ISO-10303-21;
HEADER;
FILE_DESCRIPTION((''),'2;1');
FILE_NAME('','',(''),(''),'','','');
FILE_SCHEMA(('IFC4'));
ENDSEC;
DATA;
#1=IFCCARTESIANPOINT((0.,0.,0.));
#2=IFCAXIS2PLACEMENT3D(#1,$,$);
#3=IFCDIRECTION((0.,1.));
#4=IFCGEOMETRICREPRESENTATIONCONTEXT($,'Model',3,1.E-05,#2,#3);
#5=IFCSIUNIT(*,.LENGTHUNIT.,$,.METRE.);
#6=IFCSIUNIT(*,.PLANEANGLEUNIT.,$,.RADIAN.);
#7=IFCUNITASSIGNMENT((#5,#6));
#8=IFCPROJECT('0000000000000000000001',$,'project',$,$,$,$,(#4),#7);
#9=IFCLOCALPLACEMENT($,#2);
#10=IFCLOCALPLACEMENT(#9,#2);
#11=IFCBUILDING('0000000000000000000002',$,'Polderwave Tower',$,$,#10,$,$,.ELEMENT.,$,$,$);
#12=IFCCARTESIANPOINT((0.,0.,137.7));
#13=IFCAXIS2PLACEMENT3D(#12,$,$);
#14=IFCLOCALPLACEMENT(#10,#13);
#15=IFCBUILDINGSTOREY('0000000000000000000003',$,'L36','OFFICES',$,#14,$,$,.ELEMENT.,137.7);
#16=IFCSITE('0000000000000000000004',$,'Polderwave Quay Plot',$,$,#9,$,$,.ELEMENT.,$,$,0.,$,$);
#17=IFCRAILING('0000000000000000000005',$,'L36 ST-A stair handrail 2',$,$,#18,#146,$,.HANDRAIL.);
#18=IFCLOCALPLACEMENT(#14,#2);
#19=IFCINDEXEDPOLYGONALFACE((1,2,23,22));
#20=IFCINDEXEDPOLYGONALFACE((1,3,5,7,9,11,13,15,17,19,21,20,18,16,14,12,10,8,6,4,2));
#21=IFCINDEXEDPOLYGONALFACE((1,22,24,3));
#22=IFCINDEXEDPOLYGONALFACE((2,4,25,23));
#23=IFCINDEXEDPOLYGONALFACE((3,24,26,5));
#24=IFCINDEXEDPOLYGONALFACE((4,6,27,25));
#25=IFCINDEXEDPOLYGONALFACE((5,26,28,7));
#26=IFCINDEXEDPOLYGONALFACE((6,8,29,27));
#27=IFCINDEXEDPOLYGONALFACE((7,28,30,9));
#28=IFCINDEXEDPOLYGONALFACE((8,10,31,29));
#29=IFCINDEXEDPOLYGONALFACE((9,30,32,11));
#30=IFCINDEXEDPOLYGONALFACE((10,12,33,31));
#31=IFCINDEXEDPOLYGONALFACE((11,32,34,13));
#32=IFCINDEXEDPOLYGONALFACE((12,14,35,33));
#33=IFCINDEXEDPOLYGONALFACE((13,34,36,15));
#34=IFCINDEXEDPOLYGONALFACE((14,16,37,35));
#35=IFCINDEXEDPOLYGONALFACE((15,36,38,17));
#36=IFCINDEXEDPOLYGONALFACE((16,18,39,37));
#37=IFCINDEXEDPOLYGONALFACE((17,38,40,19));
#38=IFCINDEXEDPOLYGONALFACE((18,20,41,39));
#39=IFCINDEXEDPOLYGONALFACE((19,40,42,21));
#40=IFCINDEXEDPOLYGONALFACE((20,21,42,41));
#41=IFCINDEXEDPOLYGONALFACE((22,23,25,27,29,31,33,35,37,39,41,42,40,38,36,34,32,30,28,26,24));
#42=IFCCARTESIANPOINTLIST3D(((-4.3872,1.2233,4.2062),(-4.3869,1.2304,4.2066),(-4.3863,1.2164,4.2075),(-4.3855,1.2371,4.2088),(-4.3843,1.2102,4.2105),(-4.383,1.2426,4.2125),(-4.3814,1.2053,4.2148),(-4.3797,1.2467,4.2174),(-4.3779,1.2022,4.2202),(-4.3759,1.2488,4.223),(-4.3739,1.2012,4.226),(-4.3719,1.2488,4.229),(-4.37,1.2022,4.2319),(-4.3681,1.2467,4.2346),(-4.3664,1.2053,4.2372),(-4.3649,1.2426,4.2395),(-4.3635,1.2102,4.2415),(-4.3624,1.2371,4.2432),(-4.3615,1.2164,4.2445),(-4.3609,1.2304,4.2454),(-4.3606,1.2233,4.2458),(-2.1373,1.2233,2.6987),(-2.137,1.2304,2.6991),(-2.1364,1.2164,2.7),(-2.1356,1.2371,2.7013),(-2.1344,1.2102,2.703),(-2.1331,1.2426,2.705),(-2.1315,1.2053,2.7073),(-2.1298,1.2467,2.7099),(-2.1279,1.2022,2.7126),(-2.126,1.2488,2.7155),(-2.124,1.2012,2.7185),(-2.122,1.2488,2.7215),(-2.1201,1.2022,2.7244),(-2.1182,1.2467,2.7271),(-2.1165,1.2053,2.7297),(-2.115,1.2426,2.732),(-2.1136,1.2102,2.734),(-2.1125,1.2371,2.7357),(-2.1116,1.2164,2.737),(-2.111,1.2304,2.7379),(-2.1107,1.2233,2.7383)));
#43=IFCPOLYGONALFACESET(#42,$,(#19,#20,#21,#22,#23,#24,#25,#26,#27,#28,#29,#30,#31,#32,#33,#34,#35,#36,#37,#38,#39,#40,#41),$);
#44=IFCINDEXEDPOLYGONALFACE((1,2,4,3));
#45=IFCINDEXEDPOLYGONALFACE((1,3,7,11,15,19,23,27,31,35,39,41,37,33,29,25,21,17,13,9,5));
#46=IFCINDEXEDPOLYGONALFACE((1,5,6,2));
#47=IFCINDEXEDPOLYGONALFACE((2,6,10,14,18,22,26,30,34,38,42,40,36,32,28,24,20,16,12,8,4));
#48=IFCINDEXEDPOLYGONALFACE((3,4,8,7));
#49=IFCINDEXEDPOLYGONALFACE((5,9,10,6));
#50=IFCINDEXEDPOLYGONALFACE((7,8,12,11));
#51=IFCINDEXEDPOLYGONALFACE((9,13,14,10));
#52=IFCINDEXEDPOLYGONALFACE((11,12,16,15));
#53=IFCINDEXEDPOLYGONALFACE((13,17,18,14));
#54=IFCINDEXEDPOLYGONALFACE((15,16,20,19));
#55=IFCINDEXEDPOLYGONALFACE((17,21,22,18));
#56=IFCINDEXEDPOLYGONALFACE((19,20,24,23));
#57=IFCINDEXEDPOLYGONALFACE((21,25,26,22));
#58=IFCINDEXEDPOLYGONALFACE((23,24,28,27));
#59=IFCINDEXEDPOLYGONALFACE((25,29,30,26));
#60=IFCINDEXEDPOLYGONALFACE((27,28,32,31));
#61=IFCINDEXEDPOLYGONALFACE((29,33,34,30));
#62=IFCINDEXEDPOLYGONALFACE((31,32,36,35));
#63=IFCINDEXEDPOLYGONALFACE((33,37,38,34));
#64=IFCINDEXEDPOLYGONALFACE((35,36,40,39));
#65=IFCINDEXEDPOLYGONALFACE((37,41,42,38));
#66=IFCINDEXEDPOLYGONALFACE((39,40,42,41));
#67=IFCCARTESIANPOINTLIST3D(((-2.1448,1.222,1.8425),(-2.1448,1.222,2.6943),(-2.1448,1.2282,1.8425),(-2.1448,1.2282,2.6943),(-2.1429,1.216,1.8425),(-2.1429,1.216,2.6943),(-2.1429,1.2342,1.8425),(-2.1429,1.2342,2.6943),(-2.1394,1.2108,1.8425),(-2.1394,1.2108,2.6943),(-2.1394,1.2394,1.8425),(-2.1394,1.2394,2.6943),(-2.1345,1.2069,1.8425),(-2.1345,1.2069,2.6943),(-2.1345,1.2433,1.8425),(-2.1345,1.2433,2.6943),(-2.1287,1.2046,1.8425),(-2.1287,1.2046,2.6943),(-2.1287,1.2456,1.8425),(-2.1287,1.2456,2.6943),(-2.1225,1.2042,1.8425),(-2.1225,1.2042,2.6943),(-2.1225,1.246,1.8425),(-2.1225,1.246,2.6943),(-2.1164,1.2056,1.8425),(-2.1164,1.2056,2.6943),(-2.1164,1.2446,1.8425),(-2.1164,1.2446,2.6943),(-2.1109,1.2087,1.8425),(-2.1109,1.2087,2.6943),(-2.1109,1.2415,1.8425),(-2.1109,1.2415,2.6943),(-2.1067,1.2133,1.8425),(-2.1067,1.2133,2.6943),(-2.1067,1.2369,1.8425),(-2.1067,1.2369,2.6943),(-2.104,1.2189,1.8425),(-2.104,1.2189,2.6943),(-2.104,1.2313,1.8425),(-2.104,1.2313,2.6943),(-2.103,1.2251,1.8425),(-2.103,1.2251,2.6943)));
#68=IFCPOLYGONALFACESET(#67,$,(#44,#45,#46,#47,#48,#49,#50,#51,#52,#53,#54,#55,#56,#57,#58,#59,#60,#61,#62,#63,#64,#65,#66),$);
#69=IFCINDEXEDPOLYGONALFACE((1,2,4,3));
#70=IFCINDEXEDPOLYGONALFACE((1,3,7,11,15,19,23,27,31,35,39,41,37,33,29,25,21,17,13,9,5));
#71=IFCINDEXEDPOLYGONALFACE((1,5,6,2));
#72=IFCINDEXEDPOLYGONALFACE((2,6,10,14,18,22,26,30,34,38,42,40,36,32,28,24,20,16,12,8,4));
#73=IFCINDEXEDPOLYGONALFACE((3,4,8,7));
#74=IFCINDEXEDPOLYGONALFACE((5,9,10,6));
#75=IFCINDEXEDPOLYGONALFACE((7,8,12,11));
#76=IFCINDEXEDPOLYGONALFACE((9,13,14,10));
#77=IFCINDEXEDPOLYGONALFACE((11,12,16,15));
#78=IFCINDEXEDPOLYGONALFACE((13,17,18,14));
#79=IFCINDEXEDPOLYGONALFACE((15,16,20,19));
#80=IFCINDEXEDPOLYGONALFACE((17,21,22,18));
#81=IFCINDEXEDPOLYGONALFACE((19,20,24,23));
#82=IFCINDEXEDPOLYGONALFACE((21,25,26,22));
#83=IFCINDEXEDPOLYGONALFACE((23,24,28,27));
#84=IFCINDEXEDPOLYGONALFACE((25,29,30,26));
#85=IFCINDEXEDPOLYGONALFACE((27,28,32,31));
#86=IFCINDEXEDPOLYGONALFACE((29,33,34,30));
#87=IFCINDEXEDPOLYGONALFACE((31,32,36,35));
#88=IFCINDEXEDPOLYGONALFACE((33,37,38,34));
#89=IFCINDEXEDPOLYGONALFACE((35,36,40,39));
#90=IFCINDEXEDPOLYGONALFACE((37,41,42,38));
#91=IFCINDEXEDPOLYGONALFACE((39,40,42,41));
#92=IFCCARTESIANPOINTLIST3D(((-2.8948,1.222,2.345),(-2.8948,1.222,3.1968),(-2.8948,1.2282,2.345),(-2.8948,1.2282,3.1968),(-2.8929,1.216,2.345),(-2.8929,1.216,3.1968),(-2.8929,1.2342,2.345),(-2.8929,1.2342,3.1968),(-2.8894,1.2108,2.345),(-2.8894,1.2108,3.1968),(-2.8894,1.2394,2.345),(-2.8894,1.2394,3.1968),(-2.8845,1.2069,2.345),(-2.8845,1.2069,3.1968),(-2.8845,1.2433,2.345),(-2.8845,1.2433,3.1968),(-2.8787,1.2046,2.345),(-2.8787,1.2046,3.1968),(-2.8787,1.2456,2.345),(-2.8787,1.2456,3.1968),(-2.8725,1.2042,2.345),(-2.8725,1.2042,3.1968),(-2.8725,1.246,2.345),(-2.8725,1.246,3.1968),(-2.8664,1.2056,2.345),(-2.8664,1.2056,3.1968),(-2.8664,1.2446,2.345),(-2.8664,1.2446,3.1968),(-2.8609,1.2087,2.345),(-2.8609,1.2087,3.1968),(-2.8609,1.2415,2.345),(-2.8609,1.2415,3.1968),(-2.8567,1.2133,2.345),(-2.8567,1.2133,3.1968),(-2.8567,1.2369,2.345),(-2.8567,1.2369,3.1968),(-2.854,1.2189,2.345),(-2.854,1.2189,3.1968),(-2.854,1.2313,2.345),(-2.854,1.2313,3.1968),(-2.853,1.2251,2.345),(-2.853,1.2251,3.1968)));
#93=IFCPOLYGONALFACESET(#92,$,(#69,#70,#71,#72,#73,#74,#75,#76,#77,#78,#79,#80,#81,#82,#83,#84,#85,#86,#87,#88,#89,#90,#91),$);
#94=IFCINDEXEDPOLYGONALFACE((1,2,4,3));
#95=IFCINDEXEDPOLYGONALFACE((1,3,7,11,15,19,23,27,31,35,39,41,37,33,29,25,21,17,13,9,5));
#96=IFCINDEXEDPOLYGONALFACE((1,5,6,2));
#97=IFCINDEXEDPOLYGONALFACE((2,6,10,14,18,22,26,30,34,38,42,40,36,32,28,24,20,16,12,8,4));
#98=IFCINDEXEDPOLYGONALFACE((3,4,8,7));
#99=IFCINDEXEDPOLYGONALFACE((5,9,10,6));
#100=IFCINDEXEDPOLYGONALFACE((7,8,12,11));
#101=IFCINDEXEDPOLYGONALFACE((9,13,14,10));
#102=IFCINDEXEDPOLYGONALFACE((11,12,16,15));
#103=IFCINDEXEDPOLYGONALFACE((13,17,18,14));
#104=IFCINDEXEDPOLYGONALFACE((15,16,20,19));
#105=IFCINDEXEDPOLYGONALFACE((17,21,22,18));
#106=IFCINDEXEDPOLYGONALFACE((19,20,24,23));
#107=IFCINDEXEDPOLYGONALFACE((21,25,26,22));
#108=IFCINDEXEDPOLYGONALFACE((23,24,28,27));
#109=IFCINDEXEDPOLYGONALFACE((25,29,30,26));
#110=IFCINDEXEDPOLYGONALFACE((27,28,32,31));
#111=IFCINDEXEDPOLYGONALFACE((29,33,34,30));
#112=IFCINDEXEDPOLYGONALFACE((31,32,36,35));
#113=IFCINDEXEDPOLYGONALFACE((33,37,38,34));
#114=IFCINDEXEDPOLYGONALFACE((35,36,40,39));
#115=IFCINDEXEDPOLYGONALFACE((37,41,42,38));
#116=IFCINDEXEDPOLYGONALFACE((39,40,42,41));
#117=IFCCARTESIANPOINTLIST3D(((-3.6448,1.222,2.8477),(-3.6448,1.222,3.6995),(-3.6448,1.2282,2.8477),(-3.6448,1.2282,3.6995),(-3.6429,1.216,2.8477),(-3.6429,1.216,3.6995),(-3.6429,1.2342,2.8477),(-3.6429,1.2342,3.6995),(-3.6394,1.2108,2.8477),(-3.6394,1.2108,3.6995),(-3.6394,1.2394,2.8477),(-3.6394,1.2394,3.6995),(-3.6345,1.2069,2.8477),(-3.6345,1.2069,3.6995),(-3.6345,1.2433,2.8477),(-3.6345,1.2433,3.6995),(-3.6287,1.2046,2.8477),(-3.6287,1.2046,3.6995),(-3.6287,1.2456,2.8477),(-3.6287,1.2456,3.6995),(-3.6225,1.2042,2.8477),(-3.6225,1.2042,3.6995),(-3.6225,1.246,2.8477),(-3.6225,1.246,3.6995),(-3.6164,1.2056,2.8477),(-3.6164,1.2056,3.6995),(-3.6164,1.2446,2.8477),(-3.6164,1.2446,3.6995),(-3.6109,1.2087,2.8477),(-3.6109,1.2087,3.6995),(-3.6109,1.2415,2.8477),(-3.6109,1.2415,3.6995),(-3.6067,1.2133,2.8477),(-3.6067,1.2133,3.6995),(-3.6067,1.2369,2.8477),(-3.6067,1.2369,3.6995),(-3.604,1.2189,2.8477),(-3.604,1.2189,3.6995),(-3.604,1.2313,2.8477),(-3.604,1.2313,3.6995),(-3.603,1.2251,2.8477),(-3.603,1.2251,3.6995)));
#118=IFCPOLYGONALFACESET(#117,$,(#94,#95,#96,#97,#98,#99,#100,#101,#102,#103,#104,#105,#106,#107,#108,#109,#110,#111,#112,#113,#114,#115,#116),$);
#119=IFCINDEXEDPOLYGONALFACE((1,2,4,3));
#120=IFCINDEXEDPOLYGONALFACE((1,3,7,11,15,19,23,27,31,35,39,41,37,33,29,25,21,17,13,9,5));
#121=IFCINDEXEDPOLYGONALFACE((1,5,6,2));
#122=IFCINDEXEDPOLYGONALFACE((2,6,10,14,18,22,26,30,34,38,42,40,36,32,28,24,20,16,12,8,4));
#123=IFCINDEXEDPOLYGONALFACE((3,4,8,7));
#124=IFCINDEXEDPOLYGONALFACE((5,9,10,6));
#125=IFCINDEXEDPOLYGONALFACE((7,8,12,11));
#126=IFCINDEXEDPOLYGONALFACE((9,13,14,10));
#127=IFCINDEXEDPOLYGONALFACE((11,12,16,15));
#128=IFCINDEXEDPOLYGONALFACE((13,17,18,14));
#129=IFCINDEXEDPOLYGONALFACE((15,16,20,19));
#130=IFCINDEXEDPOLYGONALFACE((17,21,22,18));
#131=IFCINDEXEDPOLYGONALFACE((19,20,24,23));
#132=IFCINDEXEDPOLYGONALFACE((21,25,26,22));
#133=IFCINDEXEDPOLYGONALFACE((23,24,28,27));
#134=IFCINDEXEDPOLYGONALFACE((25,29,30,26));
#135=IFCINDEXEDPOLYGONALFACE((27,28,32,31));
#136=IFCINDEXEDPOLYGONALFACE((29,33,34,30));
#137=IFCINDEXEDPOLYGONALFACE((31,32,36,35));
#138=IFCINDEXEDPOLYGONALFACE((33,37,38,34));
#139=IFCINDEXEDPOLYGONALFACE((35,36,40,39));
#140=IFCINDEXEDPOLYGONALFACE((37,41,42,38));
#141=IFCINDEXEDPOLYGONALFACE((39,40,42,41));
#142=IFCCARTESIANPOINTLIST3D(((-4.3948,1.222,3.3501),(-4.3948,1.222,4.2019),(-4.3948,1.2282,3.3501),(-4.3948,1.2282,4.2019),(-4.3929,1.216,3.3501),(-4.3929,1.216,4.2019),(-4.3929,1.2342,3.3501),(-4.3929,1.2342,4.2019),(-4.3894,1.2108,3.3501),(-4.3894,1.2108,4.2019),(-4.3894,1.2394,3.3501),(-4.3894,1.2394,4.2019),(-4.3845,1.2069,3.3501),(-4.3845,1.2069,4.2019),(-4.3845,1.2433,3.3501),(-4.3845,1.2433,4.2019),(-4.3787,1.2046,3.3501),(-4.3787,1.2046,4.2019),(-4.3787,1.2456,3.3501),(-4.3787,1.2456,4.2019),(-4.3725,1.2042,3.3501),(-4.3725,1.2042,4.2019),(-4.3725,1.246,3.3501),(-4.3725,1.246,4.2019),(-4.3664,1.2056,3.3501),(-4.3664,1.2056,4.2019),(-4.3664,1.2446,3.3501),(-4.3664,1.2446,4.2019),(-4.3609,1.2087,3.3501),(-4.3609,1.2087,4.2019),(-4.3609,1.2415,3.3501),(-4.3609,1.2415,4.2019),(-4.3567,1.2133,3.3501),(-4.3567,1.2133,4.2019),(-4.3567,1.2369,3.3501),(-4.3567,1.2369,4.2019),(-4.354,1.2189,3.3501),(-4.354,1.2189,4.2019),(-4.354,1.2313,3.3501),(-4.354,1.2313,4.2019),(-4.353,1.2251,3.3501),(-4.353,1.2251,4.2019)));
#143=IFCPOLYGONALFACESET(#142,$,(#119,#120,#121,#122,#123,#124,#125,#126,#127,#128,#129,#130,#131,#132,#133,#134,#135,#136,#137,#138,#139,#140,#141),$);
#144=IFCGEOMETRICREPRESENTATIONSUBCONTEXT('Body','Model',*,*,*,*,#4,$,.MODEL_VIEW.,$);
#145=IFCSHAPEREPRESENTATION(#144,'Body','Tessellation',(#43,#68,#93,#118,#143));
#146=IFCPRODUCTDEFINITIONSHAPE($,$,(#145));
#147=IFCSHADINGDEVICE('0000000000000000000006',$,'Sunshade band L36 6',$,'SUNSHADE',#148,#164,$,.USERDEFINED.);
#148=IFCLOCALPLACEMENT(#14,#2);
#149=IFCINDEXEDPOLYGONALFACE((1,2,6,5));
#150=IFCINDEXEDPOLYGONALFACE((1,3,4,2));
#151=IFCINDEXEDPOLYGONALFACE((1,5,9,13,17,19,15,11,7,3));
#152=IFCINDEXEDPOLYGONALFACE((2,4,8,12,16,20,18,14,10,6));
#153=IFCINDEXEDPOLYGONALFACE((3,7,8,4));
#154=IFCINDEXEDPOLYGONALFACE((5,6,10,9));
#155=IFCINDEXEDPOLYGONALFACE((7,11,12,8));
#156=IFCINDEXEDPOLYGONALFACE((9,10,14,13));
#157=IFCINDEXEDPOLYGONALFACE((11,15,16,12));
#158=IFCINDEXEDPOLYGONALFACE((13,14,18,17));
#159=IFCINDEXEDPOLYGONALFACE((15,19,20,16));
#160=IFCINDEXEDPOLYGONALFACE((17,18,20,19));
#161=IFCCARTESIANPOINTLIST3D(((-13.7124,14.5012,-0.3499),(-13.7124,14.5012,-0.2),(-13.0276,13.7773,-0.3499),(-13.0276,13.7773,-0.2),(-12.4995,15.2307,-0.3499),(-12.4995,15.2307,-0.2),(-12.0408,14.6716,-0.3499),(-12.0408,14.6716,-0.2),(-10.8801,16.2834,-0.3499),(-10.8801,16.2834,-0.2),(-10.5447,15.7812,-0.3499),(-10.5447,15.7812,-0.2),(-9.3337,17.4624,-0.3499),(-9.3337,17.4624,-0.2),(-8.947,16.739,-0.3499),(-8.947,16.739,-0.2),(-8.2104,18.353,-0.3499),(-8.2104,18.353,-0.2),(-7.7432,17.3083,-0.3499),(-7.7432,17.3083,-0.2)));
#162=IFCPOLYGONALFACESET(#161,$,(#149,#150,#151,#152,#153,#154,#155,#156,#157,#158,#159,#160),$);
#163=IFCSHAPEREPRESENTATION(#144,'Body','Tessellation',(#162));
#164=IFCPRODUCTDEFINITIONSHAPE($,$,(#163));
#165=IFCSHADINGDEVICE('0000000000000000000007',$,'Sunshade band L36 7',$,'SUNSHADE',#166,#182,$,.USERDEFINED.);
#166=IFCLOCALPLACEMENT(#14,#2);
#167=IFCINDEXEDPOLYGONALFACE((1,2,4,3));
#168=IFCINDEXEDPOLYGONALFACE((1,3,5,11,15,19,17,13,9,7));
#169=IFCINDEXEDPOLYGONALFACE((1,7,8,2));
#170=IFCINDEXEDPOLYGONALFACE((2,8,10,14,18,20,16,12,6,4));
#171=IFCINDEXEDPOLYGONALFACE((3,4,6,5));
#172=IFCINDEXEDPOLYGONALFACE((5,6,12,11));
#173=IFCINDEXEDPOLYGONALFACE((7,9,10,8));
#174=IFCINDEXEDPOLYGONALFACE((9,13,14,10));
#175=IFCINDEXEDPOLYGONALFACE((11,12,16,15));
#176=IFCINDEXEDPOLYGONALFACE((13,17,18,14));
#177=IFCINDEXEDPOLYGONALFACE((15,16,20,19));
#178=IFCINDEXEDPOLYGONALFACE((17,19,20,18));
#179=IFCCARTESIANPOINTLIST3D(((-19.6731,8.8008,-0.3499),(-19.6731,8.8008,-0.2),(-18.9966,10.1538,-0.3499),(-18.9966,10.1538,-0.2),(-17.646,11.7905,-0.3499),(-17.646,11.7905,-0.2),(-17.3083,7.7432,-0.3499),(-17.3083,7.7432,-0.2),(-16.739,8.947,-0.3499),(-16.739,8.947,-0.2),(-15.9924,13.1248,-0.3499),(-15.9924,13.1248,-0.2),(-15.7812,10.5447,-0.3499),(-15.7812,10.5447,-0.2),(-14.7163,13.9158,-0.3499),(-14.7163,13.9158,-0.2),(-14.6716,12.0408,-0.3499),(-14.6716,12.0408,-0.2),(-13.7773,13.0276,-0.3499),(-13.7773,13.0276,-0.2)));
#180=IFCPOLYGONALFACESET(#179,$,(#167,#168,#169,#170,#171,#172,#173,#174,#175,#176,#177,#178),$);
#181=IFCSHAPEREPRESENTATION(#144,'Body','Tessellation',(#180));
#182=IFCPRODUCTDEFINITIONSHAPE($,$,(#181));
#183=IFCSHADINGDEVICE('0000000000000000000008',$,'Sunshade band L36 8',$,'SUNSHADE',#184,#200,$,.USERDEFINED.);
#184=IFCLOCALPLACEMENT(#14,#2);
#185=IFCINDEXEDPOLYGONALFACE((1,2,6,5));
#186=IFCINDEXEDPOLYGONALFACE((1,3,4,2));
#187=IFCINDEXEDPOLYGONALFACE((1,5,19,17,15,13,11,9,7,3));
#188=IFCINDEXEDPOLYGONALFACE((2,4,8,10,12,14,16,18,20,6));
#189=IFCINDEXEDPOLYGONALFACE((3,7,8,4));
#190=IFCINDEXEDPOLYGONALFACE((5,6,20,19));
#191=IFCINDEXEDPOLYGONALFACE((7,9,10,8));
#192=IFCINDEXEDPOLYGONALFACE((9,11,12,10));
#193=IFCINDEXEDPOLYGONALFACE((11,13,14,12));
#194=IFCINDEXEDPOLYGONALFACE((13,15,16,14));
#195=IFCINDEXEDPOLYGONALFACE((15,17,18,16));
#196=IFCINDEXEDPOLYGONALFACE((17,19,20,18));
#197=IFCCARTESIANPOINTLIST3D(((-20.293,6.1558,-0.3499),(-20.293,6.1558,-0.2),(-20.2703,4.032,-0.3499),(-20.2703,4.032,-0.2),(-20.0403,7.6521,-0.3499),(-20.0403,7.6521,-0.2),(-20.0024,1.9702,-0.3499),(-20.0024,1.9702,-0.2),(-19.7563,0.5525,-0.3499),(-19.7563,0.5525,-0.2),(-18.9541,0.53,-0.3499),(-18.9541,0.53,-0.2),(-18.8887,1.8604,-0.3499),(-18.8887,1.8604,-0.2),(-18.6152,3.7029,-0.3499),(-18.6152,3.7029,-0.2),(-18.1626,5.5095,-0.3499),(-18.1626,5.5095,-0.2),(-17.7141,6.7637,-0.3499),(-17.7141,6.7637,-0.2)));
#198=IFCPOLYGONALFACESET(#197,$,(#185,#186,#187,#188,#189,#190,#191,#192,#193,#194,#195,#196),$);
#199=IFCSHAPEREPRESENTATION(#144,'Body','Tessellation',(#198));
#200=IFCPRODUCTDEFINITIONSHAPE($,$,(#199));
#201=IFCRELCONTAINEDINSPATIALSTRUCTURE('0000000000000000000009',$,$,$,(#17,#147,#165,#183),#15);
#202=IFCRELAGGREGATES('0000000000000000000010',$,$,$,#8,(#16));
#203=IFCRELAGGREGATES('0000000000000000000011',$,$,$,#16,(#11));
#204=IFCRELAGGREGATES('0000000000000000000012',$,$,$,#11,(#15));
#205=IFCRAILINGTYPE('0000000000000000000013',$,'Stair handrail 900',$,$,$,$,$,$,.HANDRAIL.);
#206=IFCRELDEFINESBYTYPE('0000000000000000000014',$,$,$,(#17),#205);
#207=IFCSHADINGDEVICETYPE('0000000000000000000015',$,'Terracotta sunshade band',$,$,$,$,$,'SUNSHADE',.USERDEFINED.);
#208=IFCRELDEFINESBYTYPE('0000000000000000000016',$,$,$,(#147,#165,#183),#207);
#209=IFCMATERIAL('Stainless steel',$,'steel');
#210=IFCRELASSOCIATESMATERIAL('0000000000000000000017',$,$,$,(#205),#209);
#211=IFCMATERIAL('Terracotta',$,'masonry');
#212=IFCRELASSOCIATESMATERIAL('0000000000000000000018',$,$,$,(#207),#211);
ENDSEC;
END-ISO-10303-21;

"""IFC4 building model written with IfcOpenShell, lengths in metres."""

from ifc_helpers import new_model, si_unit, direction, frame, origin, origin_2d, place, context, subcontext, project, spatial, polyline, circle, outline, extrude, material, type_object, element, save


model = new_model("IFC4")

# Units and contexts
model_context = context("Model", 3, precision=1e-05, world=origin(), true_north=direction((0.0, 1.0)))
body_context = subcontext(model_context, "Body", "Model", "MODEL_VIEW")
ifc_project = project(units=[si_unit("LENGTHUNIT", "METRE"), si_unit("PLANEANGLEUNIT", "RADIAN")], contexts=[model_context])

# Site, building, storey
site_placement = place(None, origin())
site = spatial("IfcSite", under=ifc_project, at=site_placement, Name="Polderwave Quay Plot", CompositionType="ELEMENT", RefElevation=0.0)
building_placement = place(site_placement, origin())
building = spatial("IfcBuilding", under=site, at=building_placement, Name="Polderwave Tower", CompositionType="ELEMENT")
storey_placement = place(building_placement, frame((0.0, 0.0, 137.7)))
storey = spatial("IfcBuildingStorey", under=building, at=storey_placement, Name="L36", Description="OFFICES", CompositionType="ELEMENT", Elevation=137.7)

# Shared definitions
ifc_material_1 = material(Name="Stainless steel", Category="steel")

# Railing
railing_type_1 = type_object("IfcRailingType", Name="Stair handrail 900", PredefinedType="HANDRAIL", material=ifc_material_1)
railing_1_placement = place(storey_placement, frame((-2.124, 1.2251, 1.8425)))
element("IfcRailing", 1, at=railing_1_placement, inside=storey, type_object=railing_type_1, Name="L36 ST-A stair handrail 2", PredefinedType="HANDRAIL", context=body_context, shape_type="SweptSolid", body=[
    extrude(circle(Radius=0.0239, at=origin_2d()), frame((0.0, 0.0, 0.876), z_axis=(-0.830758, 0.0, 0.556633), x_axis=(0.0, -1.0, 0.0)), (0.0, 0.0, 1.0), 2.7083),
    extrude(circle(Radius=0.021, at=origin_2d()), origin(), (0.0, 0.0, 1.0), 0.8518),
    extrude(circle(Radius=0.021, at=origin_2d()), frame((-0.75, 0.0, 0.5024)), (0.0, 0.0, 1.0), 0.8518),
    extrude(circle(Radius=0.021, at=origin_2d()), frame((-1.5, 0.0, 1.0051)), (0.0, 0.0, 1.0), 0.8518),
    extrude(circle(Radius=0.021, at=origin_2d()), frame((-2.25, 0.0, 1.5076)), (0.0, 0.0, 1.0), 0.8518),
])

# Shading devices
ifc_material_2 = material(Name="Terracotta", Category="masonry")
shading_device_type = type_object("IfcShadingDeviceType", Name="Terracotta sunshade band", ElementType="SUNSHADE", PredefinedType="USERDEFINED", material=ifc_material_2)
shading_device_1_placement = place(storey_placement, frame((0.0, 0.0, -0.3499)))
element("IfcShadingDevice", 2, at=shading_device_1_placement, inside=storey, type_object=shading_device_type, Name="Sunshade band L36 6", ObjectType="SUNSHADE", PredefinedType="USERDEFINED", context=body_context, shape_type="SweptSolid", body=[
    extrude(outline(polyline([(-7.7432, 17.3083), (-8.947, 16.739), (-10.5447, 15.7812), (-12.0408, 14.6716), (-13.0276, 13.7773), (-13.7124, 14.5012), (-12.4995, 15.2307), (-10.8801, 16.2834), (-9.3337, 17.4624), (-8.2104, 18.353), (-7.7432, 17.3083)])), origin(), (0.0, 0.0, 1.0), 0.1499),
])
shading_device_2_placement = place(storey_placement, frame((0.0, 0.0, -0.3499)))
element("IfcShadingDevice", 3, at=shading_device_2_placement, inside=storey, type_object=shading_device_type, Name="Sunshade band L36 7", ObjectType="SUNSHADE", PredefinedType="USERDEFINED", context=body_context, shape_type="SweptSolid", body=[
    extrude(outline(polyline([(-13.7773, 13.0276), (-14.6716, 12.0408), (-15.7812, 10.5447), (-16.739, 8.947), (-17.3083, 7.7432), (-19.6731, 8.8008), (-18.9966, 10.1538), (-17.646, 11.7905), (-15.9924, 13.1248), (-14.7163, 13.9158), (-13.7773, 13.0276)])), origin(), (0.0, 0.0, 1.0), 0.1499),
])
shading_device_3_placement = place(storey_placement, frame((0.0, 0.0, -0.3499)))
element("IfcShadingDevice", 4, at=shading_device_3_placement, inside=storey, type_object=shading_device_type, Name="Sunshade band L36 8", ObjectType="SUNSHADE", PredefinedType="USERDEFINED", context=body_context, shape_type="SweptSolid", body=[
    extrude(outline(polyline([(-17.7141, 6.7637), (-18.1626, 5.5095), (-18.6152, 3.7029), (-18.8887, 1.8604), (-18.9541, 0.53), (-19.7563, 0.5525), (-20.0024, 1.9702), (-20.2703, 4.032), (-20.293, 6.1558), (-20.0403, 7.6521), (-17.7141, 6.7637)])), origin(), (0.0, 0.0, 1.0), 0.1499),
])

save(model, "model.ifc")
